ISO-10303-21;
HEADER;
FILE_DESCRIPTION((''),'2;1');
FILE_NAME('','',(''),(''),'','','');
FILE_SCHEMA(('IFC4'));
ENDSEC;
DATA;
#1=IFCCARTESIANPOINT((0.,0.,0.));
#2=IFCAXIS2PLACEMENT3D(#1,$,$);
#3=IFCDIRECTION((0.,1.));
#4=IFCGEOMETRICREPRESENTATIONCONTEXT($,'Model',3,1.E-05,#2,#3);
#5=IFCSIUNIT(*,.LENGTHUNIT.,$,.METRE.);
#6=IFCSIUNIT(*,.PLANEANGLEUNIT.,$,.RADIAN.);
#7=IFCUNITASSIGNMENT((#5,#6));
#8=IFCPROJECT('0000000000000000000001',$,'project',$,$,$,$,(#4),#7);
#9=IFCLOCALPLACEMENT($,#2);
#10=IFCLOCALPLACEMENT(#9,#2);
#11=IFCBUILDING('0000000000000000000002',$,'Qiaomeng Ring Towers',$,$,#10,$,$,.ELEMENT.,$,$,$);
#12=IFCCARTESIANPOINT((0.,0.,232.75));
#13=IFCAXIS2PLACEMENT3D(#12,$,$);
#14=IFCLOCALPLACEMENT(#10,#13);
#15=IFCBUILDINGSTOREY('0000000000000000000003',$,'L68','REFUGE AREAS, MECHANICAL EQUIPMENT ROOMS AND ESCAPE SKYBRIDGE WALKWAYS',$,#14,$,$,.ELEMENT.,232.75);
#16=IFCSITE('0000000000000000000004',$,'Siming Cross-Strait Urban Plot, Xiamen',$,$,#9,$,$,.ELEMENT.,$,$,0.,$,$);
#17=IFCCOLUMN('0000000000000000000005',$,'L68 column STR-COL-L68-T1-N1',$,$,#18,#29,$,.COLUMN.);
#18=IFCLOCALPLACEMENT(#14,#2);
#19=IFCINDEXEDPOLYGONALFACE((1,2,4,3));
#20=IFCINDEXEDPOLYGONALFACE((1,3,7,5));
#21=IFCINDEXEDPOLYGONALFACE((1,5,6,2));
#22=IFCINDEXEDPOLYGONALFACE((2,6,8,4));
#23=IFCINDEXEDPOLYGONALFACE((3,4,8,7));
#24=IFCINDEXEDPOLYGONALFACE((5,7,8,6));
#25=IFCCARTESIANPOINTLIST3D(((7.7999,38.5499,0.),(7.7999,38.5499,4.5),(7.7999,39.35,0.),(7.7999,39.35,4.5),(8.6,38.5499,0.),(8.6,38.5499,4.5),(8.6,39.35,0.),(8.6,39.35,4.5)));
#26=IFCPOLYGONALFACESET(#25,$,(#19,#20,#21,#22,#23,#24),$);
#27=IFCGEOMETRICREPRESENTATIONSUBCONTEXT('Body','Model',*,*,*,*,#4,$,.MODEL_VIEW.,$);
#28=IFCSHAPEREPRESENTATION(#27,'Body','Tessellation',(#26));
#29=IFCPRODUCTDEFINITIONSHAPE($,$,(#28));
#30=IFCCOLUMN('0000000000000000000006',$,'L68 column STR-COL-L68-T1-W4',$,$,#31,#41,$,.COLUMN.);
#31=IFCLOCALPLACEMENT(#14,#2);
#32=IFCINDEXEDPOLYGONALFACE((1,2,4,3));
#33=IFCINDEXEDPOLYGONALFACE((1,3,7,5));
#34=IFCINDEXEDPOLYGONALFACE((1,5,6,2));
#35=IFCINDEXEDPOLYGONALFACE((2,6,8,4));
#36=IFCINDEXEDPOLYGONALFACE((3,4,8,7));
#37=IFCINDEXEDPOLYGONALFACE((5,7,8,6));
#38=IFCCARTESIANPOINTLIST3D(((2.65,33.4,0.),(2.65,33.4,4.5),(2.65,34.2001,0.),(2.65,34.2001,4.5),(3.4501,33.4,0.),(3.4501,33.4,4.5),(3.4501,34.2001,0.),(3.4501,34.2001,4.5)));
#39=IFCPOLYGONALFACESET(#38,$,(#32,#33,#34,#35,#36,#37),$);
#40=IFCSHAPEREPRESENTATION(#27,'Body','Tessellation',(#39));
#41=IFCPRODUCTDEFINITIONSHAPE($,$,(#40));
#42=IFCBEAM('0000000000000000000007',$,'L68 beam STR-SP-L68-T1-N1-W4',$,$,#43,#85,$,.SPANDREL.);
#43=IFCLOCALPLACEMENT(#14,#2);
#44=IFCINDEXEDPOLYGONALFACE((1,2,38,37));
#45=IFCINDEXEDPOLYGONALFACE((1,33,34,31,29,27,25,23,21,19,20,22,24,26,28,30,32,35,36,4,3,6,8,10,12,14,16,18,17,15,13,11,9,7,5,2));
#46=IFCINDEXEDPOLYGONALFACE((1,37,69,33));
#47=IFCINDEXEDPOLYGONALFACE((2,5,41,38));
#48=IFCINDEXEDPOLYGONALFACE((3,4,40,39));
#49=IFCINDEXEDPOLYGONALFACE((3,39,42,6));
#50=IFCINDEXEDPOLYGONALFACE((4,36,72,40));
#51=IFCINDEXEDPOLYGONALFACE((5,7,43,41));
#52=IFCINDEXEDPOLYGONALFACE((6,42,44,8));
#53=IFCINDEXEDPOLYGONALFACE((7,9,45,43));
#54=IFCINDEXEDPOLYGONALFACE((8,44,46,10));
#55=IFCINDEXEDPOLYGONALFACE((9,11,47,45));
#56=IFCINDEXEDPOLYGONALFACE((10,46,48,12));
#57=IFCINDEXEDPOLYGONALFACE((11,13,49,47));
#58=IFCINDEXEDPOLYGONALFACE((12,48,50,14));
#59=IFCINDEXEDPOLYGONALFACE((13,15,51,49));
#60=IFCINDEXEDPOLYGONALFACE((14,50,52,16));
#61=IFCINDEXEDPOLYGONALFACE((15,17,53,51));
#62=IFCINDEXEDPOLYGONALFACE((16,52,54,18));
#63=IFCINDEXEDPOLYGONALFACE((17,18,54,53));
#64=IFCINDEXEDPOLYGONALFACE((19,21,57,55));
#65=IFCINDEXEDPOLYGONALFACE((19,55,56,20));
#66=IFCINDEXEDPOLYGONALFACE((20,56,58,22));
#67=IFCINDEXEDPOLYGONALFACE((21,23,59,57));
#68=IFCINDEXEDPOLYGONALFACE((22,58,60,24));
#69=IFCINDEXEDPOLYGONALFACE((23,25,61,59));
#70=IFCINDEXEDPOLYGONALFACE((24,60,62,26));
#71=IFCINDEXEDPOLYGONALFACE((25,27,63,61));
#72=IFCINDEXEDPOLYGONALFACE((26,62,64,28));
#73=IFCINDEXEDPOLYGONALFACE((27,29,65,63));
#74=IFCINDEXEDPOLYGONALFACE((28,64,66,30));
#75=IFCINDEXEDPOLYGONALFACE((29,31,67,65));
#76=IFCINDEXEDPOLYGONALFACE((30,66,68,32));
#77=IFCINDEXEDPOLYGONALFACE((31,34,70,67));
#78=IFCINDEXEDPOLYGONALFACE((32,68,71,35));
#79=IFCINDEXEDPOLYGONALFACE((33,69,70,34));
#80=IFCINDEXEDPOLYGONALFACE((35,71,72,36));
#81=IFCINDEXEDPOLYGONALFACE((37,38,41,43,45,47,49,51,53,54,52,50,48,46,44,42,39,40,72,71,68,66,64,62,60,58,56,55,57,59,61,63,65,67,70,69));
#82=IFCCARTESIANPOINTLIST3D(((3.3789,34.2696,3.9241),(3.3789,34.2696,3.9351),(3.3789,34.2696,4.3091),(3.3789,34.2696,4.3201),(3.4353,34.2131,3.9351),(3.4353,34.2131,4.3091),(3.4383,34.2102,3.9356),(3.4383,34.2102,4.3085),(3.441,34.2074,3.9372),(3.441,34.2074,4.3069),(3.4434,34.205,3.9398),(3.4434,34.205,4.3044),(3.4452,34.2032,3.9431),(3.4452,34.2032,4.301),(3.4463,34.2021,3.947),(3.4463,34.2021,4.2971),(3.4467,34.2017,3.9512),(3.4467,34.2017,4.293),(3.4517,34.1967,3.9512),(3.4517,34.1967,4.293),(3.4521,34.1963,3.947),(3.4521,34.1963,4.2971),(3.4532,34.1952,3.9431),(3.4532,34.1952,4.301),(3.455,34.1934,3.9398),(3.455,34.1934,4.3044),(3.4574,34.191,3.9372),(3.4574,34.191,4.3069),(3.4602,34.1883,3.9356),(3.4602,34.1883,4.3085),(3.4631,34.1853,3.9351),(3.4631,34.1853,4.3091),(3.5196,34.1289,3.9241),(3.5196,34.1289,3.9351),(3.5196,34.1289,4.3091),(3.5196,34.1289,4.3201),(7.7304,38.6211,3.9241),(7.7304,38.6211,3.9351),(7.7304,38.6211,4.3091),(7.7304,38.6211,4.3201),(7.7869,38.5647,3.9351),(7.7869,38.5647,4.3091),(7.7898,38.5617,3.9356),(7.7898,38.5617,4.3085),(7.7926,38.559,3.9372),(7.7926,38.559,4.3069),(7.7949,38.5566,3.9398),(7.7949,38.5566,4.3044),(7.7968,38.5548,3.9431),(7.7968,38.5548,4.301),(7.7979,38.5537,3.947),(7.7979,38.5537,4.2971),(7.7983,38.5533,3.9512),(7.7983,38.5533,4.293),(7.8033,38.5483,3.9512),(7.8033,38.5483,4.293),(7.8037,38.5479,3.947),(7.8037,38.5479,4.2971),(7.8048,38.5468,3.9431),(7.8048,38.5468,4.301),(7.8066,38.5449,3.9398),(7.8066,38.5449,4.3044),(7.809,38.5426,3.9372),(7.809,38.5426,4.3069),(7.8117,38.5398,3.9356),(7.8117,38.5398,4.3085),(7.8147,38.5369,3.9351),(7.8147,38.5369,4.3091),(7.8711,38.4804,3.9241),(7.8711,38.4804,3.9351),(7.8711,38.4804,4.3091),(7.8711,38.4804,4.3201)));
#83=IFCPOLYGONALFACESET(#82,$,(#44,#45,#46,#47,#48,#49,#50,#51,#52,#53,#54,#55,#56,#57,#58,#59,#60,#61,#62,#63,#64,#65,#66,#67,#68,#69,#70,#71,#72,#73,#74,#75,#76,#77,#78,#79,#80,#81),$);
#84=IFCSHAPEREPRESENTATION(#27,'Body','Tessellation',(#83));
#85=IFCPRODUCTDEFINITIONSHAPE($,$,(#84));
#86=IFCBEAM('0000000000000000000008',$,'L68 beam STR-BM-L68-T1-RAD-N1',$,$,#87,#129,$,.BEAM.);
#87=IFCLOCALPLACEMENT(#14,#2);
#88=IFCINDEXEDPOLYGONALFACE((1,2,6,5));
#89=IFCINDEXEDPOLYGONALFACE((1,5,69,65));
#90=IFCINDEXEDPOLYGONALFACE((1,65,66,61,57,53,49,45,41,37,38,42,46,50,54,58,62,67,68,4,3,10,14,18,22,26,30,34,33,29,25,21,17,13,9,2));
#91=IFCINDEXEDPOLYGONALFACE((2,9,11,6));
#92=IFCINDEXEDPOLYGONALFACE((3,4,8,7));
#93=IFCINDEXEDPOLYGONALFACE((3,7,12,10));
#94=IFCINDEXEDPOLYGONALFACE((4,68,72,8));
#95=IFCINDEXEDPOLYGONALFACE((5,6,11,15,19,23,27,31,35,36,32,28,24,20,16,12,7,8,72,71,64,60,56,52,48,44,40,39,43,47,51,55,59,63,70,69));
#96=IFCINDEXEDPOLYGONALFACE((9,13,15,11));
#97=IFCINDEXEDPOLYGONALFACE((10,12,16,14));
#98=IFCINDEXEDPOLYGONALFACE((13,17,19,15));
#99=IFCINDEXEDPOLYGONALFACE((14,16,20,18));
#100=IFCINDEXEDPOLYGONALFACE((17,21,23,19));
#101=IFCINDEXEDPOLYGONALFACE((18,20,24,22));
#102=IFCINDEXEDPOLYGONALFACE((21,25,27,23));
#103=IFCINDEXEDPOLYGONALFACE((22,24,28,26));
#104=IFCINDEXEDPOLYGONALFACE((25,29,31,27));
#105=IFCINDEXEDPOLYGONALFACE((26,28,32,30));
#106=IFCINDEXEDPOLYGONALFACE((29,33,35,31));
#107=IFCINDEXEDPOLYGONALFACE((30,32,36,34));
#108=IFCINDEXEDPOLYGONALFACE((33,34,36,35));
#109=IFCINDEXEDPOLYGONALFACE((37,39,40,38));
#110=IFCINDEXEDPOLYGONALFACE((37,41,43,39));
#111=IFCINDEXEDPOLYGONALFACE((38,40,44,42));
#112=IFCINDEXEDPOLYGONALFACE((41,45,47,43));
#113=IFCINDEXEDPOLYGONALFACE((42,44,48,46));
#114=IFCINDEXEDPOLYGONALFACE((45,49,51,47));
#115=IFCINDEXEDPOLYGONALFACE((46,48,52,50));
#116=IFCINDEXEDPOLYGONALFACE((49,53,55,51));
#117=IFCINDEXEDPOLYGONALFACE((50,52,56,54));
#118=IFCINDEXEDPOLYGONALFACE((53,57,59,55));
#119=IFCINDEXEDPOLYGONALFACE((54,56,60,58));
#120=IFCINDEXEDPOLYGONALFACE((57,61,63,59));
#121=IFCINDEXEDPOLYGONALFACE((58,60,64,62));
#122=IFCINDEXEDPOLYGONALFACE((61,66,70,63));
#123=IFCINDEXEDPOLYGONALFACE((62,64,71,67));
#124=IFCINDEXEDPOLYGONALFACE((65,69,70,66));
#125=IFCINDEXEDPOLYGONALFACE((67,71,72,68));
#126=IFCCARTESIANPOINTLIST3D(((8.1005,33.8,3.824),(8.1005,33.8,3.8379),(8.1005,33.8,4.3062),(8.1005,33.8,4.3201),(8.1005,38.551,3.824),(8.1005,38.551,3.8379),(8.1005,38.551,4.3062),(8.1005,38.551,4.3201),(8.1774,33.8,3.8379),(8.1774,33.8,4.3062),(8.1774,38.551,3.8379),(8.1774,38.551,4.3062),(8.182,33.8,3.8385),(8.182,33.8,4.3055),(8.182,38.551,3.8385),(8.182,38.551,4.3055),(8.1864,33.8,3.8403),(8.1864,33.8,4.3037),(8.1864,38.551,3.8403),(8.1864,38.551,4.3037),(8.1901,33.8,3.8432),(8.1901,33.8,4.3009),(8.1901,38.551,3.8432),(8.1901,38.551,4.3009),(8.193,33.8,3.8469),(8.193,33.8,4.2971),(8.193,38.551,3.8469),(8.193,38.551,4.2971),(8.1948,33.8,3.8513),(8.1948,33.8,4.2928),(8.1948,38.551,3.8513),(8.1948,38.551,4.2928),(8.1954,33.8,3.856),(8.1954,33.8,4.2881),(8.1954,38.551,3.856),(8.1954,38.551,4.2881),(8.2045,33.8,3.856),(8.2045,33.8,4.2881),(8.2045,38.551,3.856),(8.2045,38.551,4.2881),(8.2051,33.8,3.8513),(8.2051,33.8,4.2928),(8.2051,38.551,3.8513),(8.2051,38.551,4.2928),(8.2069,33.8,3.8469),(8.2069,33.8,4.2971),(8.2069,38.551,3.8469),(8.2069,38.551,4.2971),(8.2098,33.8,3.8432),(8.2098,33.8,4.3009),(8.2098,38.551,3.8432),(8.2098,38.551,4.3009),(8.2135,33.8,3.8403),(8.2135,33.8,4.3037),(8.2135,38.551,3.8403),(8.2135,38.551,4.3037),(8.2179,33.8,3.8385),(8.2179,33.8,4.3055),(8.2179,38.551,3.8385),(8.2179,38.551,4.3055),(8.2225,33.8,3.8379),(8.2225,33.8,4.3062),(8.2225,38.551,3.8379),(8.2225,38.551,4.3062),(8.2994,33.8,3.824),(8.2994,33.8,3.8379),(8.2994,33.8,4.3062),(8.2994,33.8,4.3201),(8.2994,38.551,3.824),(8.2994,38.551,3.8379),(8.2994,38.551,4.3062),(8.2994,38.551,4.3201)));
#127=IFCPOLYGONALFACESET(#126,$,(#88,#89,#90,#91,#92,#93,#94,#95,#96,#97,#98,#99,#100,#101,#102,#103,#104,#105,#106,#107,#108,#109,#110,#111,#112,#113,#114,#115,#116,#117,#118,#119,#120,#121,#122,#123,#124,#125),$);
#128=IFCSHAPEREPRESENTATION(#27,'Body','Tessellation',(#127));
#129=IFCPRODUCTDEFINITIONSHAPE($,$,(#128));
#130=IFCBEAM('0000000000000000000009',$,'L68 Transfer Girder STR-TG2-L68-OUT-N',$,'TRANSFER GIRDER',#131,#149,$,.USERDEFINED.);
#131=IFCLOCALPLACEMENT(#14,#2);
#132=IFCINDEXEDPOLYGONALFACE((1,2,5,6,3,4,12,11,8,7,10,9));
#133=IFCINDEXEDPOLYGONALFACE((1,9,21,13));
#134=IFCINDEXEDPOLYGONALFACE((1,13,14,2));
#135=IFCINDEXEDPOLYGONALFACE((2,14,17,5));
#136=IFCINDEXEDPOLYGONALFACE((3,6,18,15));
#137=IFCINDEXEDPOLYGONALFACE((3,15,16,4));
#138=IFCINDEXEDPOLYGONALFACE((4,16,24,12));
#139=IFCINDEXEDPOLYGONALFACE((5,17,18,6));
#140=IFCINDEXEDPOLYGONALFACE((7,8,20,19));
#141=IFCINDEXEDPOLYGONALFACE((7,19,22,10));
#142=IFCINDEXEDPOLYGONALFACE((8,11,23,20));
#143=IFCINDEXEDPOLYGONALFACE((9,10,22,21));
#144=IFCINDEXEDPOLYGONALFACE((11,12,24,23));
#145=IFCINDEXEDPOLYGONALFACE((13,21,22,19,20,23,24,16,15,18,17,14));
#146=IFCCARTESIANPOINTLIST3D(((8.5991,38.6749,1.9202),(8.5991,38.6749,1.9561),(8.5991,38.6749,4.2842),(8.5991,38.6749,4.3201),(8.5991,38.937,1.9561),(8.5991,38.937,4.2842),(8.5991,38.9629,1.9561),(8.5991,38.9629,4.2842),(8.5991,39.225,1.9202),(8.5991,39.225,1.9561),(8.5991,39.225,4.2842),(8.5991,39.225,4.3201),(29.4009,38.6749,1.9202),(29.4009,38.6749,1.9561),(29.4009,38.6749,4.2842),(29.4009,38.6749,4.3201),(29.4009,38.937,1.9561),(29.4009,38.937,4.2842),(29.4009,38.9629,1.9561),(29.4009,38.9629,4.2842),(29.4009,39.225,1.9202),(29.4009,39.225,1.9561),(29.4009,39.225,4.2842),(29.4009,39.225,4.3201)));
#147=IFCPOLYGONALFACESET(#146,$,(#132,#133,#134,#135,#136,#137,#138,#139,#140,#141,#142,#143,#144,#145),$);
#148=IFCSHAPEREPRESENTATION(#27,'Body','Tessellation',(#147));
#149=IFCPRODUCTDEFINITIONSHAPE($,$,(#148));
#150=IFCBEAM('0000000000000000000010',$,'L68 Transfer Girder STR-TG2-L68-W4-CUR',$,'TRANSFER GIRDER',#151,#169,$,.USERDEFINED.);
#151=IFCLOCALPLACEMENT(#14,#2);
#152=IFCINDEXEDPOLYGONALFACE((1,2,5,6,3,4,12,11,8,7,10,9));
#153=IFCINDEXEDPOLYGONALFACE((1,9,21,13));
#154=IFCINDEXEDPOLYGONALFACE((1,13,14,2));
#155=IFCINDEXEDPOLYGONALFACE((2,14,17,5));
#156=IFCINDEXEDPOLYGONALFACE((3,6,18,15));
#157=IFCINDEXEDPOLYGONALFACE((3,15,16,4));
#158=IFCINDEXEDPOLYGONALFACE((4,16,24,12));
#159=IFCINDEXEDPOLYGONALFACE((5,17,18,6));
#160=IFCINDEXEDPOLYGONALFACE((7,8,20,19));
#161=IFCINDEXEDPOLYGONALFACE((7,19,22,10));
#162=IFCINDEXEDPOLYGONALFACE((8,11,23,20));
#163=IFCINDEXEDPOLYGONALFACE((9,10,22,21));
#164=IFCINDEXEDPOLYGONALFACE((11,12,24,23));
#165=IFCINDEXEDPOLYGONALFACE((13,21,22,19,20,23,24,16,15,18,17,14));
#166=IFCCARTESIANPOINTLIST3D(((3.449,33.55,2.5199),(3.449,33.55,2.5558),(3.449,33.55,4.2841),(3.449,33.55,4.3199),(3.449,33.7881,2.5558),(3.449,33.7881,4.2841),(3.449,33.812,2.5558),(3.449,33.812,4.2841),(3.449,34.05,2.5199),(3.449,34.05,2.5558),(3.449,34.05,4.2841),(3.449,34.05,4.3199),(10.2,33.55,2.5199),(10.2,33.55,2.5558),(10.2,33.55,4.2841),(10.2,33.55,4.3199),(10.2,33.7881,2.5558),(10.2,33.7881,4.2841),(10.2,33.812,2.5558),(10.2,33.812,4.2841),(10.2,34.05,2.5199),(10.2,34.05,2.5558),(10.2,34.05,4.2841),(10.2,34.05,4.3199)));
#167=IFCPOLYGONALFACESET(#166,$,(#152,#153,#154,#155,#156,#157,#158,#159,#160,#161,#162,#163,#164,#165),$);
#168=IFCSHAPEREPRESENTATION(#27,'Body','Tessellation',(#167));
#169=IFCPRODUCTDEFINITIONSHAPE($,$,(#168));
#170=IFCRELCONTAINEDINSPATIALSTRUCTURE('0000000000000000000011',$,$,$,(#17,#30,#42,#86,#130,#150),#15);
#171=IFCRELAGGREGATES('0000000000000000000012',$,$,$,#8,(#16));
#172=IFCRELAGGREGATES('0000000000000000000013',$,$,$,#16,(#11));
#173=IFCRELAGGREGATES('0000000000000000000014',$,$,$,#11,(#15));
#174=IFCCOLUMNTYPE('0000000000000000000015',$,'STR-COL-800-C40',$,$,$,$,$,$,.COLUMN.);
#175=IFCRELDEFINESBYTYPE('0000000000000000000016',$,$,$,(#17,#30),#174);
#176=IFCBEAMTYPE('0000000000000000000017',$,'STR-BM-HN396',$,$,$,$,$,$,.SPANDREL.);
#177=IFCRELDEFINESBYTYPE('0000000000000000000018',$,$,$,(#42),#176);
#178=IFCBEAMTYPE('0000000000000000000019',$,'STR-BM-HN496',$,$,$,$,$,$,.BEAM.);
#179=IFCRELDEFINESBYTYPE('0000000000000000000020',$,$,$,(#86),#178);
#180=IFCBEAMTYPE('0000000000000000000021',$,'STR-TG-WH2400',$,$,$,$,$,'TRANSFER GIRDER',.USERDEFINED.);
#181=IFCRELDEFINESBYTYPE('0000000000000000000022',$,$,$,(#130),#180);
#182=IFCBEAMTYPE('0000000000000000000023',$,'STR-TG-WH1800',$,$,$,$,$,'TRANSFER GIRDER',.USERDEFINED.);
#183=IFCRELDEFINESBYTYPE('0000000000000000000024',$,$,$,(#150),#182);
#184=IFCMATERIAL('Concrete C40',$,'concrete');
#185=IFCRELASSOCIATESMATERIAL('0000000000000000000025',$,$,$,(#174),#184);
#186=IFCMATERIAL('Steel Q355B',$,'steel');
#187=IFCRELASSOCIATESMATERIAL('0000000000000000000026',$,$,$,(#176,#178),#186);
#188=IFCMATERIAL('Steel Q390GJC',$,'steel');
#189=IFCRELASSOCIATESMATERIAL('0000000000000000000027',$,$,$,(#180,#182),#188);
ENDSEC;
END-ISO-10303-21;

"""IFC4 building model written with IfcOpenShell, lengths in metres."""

from ifc_helpers import new_model, si_unit, direction, frame, origin, origin_2d, place, context, subcontext, project, spatial, rectangle, i_section, extrude, source, transform, mapped, material, material_profile, profile_set, type_object, element, save


model = new_model("IFC4")

# Units and contexts
model_context = context("Model", 3, precision=1e-05, world=origin(), true_north=direction((0.0, 1.0)))
body_context = subcontext(model_context, "Body", "Model", "MODEL_VIEW")
ifc_project = project(units=[si_unit("LENGTHUNIT", "METRE"), si_unit("PLANEANGLEUNIT", "RADIAN")], contexts=[model_context])

# Site, building, storey
site_placement = place(None, origin())
site = spatial("IfcSite", under=ifc_project, at=site_placement, Name="Siming Cross-Strait Urban Plot, Xiamen", CompositionType="ELEMENT", RefElevation=0.0)
building_placement = place(site_placement, origin())
building = spatial("IfcBuilding", under=site, at=building_placement, Name="Qiaomeng Ring Towers", CompositionType="ELEMENT")
storey_placement = place(building_placement, frame((0.0, 0.0, 232.75)))
storey = spatial("IfcBuildingStorey", under=building, at=storey_placement, Name="L68", Description="REFUGE AREAS, MECHANICAL EQUIPMENT ROOMS AND ESCAPE SKYBRIDGE WALKWAYS", CompositionType="ELEMENT", Elevation=232.75)

# Columns
ifc_material_1 = material(Name="Concrete C40", Category="concrete")
ifc_material_profile_1 = material_profile(ifc_material_1, rectangle(XDim=0.8, YDim=0.8, at=origin_2d()), Name="RC COL 800x800")
ifc_profile_set_1 = profile_set([ifc_material_profile_1], Name="Concrete C40")
column_type = type_object("IfcColumnType", Name="STR-COL-800-C40", PredefinedType="COLUMN", material=ifc_profile_set_1)
shared_shape_1 = source(origin(), body_context, "Body", "SweptSolid", [
    extrude(rectangle(XDim=0.8, YDim=0.8, at=origin_2d()), origin(), (0.0, 0.0, 1.0), 4.5),
])
for number, where, z_axis, x_axis, name in (
    (1, (8.2, 38.95, 0.0), (0.0, 0.0, 1.0), (1.0, 0.0, 0.0), "L68 column STR-COL-L68-T1-N1"),
    (2, (3.05, 33.8, 0.0), (0.0, 0.0, 1.0), (1.0, 0.0, 0.0), "L68 column STR-COL-L68-T1-W4"),
):
    element("IfcColumn", number, at=place(storey_placement, frame(where, z_axis=z_axis, x_axis=x_axis)), inside=storey, type_object=column_type, Name=name, PredefinedType="COLUMN", context=body_context, shape_type="MappedRepresentation", body=[
        mapped(shared_shape_1, transform((0.0, 0.0, 0.0), x_axis=(1.0, 0.0, 0.0), y_axis=(0.0, 1.0, 0.0), z_axis=(0.0, 0.0, 1.0), scale=1.0)),
    ])

# Beams
ifc_material_2 = material(Name="Steel Q355B", Category="steel")
ifc_material_profile_2 = material_profile(ifc_material_2, i_section(OverallWidth=0.199, OverallDepth=0.396, WebThickness=0.0071, FlangeThickness=0.011, FilletRadius=0.0161, at=origin_2d()), Name="HN 396x199x7x11")
ifc_profile_set_2 = profile_set([ifc_material_profile_2], Name="Steel Q355B")
beam_type_1 = type_object("IfcBeamType", Name="STR-BM-HN396", PredefinedType="SPANDREL", material=ifc_profile_set_2)
shared_shape_2 = source(origin(), body_context, "Body", "SweptSolid", [
    extrude(i_section(OverallWidth=0.199, OverallDepth=0.396, WebThickness=0.0071, FlangeThickness=0.011, FilletRadius=0.0161, at=origin_2d()), origin(), (0.0, 0.0, 1.0), 6.1541),
])
beam_1_placement = place(storey_placement, frame((7.8008, 38.5508, 4.1221), z_axis=(-0.707107, -0.707107, 0.0), x_axis=(0.707107, -0.707107, 0.0)))
element("IfcBeam", 3, at=beam_1_placement, inside=storey, type_object=beam_type_1, Name="L68 beam STR-SP-L68-T1-N1-W4", PredefinedType="SPANDREL", context=body_context, shape_type="MappedRepresentation", body=[
    mapped(shared_shape_2, transform((0.0, 0.0, 0.0), x_axis=(1.0, 0.0, 0.0), y_axis=(0.0, 1.0, 0.0), z_axis=(0.0, 0.0, 1.0), scale=1.0)),
])
ifc_material_profile_3 = material_profile(ifc_material_2, i_section(OverallWidth=0.199, OverallDepth=0.4961, WebThickness=0.009, FlangeThickness=0.0139, FilletRadius=0.0181, at=origin_2d()), Name="HN 496x199x9x14")
ifc_profile_set_3 = profile_set([ifc_material_profile_3], Name="Steel Q355B")
beam_type_2 = type_object("IfcBeamType", Name="STR-BM-HN496", PredefinedType="BEAM", material=ifc_profile_set_3)
shared_shape_3 = source(origin(), body_context, "Body", "SweptSolid", [
    extrude(i_section(OverallWidth=0.199, OverallDepth=0.4961, WebThickness=0.009, FlangeThickness=0.0139, FilletRadius=0.0181, at=origin_2d()), origin(), (0.0, 0.0, 1.0), 4.751),
])
beam_2_placement = place(storey_placement, frame((8.2, 38.551, 4.072), z_axis=(0.0, -1.0, 0.0), x_axis=(1.0, 0.0, 0.0)))
element("IfcBeam", 4, at=beam_2_placement, inside=storey, type_object=beam_type_2, Name="L68 beam STR-BM-L68-T1-RAD-N1", PredefinedType="BEAM", context=body_context, shape_type="MappedRepresentation", body=[
    mapped(shared_shape_3, transform((0.0, 0.0, 0.0), x_axis=(1.0, 0.0, 0.0), y_axis=(0.0, 1.0, 0.0), z_axis=(0.0, 0.0, 1.0), scale=1.0)),
])
ifc_material_3 = material(Name="Steel Q390GJC", Category="steel")
ifc_material_profile_4 = material_profile(ifc_material_3, i_section(OverallWidth=0.55, OverallDepth=2.3999, WebThickness=0.0259, FlangeThickness=0.0359, at=origin_2d()), Name="WH 2400x550x26x36")
ifc_profile_set_4 = profile_set([ifc_material_profile_4], Name="Steel Q390GJC")
beam_type_3 = type_object("IfcBeamType", Name="STR-TG-WH2400", ElementType="TRANSFER GIRDER", PredefinedType="USERDEFINED", material=ifc_profile_set_4)
shared_shape_4 = source(origin(), body_context, "Body", "SweptSolid", [
    extrude(i_section(OverallWidth=0.55, OverallDepth=2.3999, WebThickness=0.0259, FlangeThickness=0.0359, at=origin_2d()), origin(), (0.0, 0.0, 1.0), 20.8018),
])
beam_3_placement = place(storey_placement, frame((8.5991, 38.95, 3.1201), z_axis=(1.0, 0.0, 0.0), x_axis=(0.0, 1.0, 0.0)))
element("IfcBeam", 5, at=beam_3_placement, inside=storey, type_object=beam_type_3, Name="L68 Transfer Girder STR-TG2-L68-OUT-N", ObjectType="TRANSFER GIRDER", PredefinedType="USERDEFINED", context=body_context, shape_type="MappedRepresentation", body=[
    mapped(shared_shape_4, transform((0.0, 0.0, 0.0), x_axis=(1.0, 0.0, 0.0), y_axis=(0.0, 1.0, 0.0), z_axis=(0.0, 0.0, 1.0), scale=1.0)),
])
ifc_material_profile_5 = material_profile(ifc_material_3, i_section(OverallWidth=0.5, OverallDepth=1.8, WebThickness=0.0239, FlangeThickness=0.0359, at=origin_2d()), Name="WH 1800x500x24x36")
ifc_profile_set_5 = profile_set([ifc_material_profile_5], Name="Steel Q390GJC")
beam_type_4 = type_object("IfcBeamType", Name="STR-TG-WH1800", ElementType="TRANSFER GIRDER", PredefinedType="USERDEFINED", material=ifc_profile_set_5)
shared_shape_5 = source(origin(), body_context, "Body", "SweptSolid", [
    extrude(i_section(OverallWidth=0.5, OverallDepth=1.8, WebThickness=0.0239, FlangeThickness=0.0359, at=origin_2d()), origin(), (0.0, 0.0, 1.0), 6.751),
])
beam_4_placement = place(storey_placement, frame((3.449, 33.8, 3.4199), z_axis=(1.0, 0.0, 0.0), x_axis=(0.0, 1.0, 0.0)))
element("IfcBeam", 6, at=beam_4_placement, inside=storey, type_object=beam_type_4, Name="L68 Transfer Girder STR-TG2-L68-W4-CUR", ObjectType="TRANSFER GIRDER", PredefinedType="USERDEFINED", context=body_context, shape_type="MappedRepresentation", body=[
    mapped(shared_shape_5, transform((0.0, 0.0, 0.0), x_axis=(1.0, 0.0, 0.0), y_axis=(0.0, 1.0, 0.0), z_axis=(0.0, 0.0, 1.0), scale=1.0)),
])

save(model, "model.ifc")
